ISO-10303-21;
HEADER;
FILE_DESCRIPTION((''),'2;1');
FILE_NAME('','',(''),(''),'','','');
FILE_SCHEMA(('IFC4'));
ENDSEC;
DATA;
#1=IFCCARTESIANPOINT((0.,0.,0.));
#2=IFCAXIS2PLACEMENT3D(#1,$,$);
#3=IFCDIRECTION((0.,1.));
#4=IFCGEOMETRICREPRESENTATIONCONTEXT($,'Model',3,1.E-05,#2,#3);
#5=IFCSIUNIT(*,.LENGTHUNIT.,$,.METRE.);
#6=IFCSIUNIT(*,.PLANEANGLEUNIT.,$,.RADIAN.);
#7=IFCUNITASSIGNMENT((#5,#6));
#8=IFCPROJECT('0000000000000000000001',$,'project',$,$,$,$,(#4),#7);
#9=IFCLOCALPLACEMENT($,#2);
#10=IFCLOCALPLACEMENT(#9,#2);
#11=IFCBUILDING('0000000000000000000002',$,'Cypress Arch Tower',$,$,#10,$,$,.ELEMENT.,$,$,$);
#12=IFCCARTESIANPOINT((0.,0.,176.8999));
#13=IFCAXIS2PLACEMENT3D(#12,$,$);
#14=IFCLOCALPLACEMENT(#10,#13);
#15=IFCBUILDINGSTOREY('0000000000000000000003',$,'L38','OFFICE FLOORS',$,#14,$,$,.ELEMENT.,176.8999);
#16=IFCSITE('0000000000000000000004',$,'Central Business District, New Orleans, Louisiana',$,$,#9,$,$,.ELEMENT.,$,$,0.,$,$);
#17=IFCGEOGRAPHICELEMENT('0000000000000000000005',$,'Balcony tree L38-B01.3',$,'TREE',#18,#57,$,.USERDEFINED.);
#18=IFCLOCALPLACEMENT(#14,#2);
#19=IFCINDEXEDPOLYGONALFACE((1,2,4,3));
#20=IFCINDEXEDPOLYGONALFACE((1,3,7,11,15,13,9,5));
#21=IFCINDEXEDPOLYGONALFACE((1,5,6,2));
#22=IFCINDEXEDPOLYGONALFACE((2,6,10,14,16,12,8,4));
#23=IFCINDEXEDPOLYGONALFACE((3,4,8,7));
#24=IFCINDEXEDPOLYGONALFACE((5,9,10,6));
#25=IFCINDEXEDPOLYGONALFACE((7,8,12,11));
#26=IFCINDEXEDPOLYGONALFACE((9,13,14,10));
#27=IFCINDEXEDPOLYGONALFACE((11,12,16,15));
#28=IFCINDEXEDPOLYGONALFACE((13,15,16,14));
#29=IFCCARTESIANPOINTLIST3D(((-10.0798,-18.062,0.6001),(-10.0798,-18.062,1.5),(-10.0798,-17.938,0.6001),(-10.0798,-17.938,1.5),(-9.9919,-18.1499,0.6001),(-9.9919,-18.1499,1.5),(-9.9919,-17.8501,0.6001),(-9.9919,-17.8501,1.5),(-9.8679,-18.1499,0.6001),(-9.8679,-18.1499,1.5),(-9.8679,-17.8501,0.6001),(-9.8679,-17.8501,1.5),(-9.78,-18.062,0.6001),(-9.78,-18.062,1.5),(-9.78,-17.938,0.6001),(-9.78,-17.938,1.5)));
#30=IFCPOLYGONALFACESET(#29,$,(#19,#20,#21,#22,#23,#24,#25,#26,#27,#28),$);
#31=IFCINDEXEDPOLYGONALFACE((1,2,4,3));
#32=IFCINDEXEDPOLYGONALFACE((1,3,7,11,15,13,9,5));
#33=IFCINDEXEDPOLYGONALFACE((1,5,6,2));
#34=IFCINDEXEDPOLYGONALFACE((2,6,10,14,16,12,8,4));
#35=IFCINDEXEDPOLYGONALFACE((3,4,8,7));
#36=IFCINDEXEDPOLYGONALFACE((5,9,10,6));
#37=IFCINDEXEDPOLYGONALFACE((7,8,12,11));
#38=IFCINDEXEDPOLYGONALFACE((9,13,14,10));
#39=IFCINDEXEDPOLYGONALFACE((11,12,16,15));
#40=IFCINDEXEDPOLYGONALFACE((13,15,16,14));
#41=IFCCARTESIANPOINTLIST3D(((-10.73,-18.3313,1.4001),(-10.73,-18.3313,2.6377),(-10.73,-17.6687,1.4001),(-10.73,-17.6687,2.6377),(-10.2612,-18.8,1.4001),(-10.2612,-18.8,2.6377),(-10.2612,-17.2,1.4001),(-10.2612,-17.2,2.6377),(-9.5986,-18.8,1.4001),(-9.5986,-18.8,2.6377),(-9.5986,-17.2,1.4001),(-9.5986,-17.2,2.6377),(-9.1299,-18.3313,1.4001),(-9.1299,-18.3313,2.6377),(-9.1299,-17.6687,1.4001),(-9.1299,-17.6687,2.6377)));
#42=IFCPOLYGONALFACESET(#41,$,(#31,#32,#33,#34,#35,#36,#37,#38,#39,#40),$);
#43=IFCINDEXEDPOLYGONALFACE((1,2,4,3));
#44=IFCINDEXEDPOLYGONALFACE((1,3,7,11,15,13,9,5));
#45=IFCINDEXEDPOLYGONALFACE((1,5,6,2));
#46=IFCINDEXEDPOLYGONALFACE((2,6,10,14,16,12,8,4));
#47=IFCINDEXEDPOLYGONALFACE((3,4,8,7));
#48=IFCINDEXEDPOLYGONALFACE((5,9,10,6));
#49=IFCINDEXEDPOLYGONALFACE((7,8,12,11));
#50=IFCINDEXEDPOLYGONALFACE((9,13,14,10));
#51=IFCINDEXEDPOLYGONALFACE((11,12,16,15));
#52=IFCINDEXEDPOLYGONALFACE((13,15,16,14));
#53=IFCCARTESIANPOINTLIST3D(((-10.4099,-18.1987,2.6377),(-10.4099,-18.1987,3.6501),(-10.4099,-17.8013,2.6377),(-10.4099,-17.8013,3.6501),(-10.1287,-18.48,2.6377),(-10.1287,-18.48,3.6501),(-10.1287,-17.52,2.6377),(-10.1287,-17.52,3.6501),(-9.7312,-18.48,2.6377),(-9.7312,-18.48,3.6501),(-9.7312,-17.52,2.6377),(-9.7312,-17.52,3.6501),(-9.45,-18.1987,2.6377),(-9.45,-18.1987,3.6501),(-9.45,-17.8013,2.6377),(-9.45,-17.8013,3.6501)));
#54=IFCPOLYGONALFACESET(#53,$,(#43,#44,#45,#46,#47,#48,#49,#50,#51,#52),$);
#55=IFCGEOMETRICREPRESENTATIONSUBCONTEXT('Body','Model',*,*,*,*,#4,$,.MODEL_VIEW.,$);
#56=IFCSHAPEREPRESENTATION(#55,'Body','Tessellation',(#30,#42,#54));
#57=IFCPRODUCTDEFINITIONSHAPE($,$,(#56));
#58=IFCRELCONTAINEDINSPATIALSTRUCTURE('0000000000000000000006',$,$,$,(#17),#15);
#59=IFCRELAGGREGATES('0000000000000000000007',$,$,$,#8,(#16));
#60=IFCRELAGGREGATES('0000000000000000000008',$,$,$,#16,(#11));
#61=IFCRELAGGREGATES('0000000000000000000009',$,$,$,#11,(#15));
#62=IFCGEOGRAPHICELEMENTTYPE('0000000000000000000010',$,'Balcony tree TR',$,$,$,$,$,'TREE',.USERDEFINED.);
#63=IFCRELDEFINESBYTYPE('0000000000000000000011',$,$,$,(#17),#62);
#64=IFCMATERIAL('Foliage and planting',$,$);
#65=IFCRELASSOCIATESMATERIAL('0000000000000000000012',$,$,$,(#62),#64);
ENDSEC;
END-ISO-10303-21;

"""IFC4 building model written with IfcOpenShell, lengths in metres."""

from ifc_helpers import new_model, si_unit, direction, frame, origin, place, context, subcontext, project, spatial, polyline, outline, extrude, material, type_object, element, save


model = new_model("IFC4")

# Units and contexts
model_context = context("Model", 3, precision=1e-05, world=origin(), true_north=direction((0.0, 1.0)))
body_context = subcontext(model_context, "Body", "Model", "MODEL_VIEW")
ifc_project = project(units=[si_unit("LENGTHUNIT", "METRE"), si_unit("PLANEANGLEUNIT", "RADIAN")], contexts=[model_context])

# Site, building, storey
site_placement = place(None, origin())
site = spatial("IfcSite", under=ifc_project, at=site_placement, Name="Central Business District, New Orleans, Louisiana", CompositionType="ELEMENT", RefElevation=0.0)
building_placement = place(site_placement, origin())
building = spatial("IfcBuilding", under=site, at=building_placement, Name="Cypress Arch Tower", CompositionType="ELEMENT")
storey_placement = place(building_placement, frame((0.0, 0.0, 176.8999)))
storey = spatial("IfcBuildingStorey", under=building, at=storey_placement, Name="L38", Description="OFFICE FLOORS", CompositionType="ELEMENT", Elevation=176.8999)

# Geographic element
ifc_material_1 = material(Name="Foliage and planting")
geographic_element_type = type_object("IfcGeographicElementType", Name="Balcony tree TR", ElementType="TREE", PredefinedType="USERDEFINED", material=ifc_material_1)
for number, where, z_axis, x_axis, name in (
    (1, (-9.9299, -18.0, 0.6001), (0.0, 0.0, 1.0), (1.0, 0.0, 0.0), "Balcony tree L38-B01.3"),
):
    element("IfcGeographicElement", number, at=place(storey_placement, frame(where, z_axis=z_axis, x_axis=x_axis)), inside=storey, type_object=geographic_element_type, Name=name, ObjectType="TREE", PredefinedType="USERDEFINED", context=body_context, shape_type="SweptSolid", body=[
        extrude(outline(polyline([(0.1499, 0.062), (0.062, 0.1499), (-0.062, 0.1499), (-0.1499, 0.062), (-0.1499, -0.062), (-0.062, -0.1499), (0.062, -0.1499), (0.1499, -0.062), (0.1499, 0.062)])), origin(), (0.0, 0.0, 1.0), 0.8999),
        extrude(outline(polyline([(0.8, 0.3313), (0.3313, 0.8), (-0.3313, 0.8), (-0.8, 0.3313), (-0.8, -0.3313), (-0.3313, -0.8), (0.3313, -0.8), (0.8, -0.3313), (0.8, 0.3313)])), frame((0.0, 0.0, 0.8)), (0.0, 0.0, 1.0), 1.2375),
        extrude(outline(polyline([(0.48, 0.1987), (0.1987, 0.48), (-0.1987, 0.48), (-0.48, 0.1987), (-0.48, -0.1987), (-0.1987, -0.48), (0.1987, -0.48), (0.48, -0.1987), (0.48, 0.1987)])), frame((0.0, 0.0, 2.0376)), (0.0, 0.0, 1.0), 1.0125),
    ])

save(model, "model.ifc")
